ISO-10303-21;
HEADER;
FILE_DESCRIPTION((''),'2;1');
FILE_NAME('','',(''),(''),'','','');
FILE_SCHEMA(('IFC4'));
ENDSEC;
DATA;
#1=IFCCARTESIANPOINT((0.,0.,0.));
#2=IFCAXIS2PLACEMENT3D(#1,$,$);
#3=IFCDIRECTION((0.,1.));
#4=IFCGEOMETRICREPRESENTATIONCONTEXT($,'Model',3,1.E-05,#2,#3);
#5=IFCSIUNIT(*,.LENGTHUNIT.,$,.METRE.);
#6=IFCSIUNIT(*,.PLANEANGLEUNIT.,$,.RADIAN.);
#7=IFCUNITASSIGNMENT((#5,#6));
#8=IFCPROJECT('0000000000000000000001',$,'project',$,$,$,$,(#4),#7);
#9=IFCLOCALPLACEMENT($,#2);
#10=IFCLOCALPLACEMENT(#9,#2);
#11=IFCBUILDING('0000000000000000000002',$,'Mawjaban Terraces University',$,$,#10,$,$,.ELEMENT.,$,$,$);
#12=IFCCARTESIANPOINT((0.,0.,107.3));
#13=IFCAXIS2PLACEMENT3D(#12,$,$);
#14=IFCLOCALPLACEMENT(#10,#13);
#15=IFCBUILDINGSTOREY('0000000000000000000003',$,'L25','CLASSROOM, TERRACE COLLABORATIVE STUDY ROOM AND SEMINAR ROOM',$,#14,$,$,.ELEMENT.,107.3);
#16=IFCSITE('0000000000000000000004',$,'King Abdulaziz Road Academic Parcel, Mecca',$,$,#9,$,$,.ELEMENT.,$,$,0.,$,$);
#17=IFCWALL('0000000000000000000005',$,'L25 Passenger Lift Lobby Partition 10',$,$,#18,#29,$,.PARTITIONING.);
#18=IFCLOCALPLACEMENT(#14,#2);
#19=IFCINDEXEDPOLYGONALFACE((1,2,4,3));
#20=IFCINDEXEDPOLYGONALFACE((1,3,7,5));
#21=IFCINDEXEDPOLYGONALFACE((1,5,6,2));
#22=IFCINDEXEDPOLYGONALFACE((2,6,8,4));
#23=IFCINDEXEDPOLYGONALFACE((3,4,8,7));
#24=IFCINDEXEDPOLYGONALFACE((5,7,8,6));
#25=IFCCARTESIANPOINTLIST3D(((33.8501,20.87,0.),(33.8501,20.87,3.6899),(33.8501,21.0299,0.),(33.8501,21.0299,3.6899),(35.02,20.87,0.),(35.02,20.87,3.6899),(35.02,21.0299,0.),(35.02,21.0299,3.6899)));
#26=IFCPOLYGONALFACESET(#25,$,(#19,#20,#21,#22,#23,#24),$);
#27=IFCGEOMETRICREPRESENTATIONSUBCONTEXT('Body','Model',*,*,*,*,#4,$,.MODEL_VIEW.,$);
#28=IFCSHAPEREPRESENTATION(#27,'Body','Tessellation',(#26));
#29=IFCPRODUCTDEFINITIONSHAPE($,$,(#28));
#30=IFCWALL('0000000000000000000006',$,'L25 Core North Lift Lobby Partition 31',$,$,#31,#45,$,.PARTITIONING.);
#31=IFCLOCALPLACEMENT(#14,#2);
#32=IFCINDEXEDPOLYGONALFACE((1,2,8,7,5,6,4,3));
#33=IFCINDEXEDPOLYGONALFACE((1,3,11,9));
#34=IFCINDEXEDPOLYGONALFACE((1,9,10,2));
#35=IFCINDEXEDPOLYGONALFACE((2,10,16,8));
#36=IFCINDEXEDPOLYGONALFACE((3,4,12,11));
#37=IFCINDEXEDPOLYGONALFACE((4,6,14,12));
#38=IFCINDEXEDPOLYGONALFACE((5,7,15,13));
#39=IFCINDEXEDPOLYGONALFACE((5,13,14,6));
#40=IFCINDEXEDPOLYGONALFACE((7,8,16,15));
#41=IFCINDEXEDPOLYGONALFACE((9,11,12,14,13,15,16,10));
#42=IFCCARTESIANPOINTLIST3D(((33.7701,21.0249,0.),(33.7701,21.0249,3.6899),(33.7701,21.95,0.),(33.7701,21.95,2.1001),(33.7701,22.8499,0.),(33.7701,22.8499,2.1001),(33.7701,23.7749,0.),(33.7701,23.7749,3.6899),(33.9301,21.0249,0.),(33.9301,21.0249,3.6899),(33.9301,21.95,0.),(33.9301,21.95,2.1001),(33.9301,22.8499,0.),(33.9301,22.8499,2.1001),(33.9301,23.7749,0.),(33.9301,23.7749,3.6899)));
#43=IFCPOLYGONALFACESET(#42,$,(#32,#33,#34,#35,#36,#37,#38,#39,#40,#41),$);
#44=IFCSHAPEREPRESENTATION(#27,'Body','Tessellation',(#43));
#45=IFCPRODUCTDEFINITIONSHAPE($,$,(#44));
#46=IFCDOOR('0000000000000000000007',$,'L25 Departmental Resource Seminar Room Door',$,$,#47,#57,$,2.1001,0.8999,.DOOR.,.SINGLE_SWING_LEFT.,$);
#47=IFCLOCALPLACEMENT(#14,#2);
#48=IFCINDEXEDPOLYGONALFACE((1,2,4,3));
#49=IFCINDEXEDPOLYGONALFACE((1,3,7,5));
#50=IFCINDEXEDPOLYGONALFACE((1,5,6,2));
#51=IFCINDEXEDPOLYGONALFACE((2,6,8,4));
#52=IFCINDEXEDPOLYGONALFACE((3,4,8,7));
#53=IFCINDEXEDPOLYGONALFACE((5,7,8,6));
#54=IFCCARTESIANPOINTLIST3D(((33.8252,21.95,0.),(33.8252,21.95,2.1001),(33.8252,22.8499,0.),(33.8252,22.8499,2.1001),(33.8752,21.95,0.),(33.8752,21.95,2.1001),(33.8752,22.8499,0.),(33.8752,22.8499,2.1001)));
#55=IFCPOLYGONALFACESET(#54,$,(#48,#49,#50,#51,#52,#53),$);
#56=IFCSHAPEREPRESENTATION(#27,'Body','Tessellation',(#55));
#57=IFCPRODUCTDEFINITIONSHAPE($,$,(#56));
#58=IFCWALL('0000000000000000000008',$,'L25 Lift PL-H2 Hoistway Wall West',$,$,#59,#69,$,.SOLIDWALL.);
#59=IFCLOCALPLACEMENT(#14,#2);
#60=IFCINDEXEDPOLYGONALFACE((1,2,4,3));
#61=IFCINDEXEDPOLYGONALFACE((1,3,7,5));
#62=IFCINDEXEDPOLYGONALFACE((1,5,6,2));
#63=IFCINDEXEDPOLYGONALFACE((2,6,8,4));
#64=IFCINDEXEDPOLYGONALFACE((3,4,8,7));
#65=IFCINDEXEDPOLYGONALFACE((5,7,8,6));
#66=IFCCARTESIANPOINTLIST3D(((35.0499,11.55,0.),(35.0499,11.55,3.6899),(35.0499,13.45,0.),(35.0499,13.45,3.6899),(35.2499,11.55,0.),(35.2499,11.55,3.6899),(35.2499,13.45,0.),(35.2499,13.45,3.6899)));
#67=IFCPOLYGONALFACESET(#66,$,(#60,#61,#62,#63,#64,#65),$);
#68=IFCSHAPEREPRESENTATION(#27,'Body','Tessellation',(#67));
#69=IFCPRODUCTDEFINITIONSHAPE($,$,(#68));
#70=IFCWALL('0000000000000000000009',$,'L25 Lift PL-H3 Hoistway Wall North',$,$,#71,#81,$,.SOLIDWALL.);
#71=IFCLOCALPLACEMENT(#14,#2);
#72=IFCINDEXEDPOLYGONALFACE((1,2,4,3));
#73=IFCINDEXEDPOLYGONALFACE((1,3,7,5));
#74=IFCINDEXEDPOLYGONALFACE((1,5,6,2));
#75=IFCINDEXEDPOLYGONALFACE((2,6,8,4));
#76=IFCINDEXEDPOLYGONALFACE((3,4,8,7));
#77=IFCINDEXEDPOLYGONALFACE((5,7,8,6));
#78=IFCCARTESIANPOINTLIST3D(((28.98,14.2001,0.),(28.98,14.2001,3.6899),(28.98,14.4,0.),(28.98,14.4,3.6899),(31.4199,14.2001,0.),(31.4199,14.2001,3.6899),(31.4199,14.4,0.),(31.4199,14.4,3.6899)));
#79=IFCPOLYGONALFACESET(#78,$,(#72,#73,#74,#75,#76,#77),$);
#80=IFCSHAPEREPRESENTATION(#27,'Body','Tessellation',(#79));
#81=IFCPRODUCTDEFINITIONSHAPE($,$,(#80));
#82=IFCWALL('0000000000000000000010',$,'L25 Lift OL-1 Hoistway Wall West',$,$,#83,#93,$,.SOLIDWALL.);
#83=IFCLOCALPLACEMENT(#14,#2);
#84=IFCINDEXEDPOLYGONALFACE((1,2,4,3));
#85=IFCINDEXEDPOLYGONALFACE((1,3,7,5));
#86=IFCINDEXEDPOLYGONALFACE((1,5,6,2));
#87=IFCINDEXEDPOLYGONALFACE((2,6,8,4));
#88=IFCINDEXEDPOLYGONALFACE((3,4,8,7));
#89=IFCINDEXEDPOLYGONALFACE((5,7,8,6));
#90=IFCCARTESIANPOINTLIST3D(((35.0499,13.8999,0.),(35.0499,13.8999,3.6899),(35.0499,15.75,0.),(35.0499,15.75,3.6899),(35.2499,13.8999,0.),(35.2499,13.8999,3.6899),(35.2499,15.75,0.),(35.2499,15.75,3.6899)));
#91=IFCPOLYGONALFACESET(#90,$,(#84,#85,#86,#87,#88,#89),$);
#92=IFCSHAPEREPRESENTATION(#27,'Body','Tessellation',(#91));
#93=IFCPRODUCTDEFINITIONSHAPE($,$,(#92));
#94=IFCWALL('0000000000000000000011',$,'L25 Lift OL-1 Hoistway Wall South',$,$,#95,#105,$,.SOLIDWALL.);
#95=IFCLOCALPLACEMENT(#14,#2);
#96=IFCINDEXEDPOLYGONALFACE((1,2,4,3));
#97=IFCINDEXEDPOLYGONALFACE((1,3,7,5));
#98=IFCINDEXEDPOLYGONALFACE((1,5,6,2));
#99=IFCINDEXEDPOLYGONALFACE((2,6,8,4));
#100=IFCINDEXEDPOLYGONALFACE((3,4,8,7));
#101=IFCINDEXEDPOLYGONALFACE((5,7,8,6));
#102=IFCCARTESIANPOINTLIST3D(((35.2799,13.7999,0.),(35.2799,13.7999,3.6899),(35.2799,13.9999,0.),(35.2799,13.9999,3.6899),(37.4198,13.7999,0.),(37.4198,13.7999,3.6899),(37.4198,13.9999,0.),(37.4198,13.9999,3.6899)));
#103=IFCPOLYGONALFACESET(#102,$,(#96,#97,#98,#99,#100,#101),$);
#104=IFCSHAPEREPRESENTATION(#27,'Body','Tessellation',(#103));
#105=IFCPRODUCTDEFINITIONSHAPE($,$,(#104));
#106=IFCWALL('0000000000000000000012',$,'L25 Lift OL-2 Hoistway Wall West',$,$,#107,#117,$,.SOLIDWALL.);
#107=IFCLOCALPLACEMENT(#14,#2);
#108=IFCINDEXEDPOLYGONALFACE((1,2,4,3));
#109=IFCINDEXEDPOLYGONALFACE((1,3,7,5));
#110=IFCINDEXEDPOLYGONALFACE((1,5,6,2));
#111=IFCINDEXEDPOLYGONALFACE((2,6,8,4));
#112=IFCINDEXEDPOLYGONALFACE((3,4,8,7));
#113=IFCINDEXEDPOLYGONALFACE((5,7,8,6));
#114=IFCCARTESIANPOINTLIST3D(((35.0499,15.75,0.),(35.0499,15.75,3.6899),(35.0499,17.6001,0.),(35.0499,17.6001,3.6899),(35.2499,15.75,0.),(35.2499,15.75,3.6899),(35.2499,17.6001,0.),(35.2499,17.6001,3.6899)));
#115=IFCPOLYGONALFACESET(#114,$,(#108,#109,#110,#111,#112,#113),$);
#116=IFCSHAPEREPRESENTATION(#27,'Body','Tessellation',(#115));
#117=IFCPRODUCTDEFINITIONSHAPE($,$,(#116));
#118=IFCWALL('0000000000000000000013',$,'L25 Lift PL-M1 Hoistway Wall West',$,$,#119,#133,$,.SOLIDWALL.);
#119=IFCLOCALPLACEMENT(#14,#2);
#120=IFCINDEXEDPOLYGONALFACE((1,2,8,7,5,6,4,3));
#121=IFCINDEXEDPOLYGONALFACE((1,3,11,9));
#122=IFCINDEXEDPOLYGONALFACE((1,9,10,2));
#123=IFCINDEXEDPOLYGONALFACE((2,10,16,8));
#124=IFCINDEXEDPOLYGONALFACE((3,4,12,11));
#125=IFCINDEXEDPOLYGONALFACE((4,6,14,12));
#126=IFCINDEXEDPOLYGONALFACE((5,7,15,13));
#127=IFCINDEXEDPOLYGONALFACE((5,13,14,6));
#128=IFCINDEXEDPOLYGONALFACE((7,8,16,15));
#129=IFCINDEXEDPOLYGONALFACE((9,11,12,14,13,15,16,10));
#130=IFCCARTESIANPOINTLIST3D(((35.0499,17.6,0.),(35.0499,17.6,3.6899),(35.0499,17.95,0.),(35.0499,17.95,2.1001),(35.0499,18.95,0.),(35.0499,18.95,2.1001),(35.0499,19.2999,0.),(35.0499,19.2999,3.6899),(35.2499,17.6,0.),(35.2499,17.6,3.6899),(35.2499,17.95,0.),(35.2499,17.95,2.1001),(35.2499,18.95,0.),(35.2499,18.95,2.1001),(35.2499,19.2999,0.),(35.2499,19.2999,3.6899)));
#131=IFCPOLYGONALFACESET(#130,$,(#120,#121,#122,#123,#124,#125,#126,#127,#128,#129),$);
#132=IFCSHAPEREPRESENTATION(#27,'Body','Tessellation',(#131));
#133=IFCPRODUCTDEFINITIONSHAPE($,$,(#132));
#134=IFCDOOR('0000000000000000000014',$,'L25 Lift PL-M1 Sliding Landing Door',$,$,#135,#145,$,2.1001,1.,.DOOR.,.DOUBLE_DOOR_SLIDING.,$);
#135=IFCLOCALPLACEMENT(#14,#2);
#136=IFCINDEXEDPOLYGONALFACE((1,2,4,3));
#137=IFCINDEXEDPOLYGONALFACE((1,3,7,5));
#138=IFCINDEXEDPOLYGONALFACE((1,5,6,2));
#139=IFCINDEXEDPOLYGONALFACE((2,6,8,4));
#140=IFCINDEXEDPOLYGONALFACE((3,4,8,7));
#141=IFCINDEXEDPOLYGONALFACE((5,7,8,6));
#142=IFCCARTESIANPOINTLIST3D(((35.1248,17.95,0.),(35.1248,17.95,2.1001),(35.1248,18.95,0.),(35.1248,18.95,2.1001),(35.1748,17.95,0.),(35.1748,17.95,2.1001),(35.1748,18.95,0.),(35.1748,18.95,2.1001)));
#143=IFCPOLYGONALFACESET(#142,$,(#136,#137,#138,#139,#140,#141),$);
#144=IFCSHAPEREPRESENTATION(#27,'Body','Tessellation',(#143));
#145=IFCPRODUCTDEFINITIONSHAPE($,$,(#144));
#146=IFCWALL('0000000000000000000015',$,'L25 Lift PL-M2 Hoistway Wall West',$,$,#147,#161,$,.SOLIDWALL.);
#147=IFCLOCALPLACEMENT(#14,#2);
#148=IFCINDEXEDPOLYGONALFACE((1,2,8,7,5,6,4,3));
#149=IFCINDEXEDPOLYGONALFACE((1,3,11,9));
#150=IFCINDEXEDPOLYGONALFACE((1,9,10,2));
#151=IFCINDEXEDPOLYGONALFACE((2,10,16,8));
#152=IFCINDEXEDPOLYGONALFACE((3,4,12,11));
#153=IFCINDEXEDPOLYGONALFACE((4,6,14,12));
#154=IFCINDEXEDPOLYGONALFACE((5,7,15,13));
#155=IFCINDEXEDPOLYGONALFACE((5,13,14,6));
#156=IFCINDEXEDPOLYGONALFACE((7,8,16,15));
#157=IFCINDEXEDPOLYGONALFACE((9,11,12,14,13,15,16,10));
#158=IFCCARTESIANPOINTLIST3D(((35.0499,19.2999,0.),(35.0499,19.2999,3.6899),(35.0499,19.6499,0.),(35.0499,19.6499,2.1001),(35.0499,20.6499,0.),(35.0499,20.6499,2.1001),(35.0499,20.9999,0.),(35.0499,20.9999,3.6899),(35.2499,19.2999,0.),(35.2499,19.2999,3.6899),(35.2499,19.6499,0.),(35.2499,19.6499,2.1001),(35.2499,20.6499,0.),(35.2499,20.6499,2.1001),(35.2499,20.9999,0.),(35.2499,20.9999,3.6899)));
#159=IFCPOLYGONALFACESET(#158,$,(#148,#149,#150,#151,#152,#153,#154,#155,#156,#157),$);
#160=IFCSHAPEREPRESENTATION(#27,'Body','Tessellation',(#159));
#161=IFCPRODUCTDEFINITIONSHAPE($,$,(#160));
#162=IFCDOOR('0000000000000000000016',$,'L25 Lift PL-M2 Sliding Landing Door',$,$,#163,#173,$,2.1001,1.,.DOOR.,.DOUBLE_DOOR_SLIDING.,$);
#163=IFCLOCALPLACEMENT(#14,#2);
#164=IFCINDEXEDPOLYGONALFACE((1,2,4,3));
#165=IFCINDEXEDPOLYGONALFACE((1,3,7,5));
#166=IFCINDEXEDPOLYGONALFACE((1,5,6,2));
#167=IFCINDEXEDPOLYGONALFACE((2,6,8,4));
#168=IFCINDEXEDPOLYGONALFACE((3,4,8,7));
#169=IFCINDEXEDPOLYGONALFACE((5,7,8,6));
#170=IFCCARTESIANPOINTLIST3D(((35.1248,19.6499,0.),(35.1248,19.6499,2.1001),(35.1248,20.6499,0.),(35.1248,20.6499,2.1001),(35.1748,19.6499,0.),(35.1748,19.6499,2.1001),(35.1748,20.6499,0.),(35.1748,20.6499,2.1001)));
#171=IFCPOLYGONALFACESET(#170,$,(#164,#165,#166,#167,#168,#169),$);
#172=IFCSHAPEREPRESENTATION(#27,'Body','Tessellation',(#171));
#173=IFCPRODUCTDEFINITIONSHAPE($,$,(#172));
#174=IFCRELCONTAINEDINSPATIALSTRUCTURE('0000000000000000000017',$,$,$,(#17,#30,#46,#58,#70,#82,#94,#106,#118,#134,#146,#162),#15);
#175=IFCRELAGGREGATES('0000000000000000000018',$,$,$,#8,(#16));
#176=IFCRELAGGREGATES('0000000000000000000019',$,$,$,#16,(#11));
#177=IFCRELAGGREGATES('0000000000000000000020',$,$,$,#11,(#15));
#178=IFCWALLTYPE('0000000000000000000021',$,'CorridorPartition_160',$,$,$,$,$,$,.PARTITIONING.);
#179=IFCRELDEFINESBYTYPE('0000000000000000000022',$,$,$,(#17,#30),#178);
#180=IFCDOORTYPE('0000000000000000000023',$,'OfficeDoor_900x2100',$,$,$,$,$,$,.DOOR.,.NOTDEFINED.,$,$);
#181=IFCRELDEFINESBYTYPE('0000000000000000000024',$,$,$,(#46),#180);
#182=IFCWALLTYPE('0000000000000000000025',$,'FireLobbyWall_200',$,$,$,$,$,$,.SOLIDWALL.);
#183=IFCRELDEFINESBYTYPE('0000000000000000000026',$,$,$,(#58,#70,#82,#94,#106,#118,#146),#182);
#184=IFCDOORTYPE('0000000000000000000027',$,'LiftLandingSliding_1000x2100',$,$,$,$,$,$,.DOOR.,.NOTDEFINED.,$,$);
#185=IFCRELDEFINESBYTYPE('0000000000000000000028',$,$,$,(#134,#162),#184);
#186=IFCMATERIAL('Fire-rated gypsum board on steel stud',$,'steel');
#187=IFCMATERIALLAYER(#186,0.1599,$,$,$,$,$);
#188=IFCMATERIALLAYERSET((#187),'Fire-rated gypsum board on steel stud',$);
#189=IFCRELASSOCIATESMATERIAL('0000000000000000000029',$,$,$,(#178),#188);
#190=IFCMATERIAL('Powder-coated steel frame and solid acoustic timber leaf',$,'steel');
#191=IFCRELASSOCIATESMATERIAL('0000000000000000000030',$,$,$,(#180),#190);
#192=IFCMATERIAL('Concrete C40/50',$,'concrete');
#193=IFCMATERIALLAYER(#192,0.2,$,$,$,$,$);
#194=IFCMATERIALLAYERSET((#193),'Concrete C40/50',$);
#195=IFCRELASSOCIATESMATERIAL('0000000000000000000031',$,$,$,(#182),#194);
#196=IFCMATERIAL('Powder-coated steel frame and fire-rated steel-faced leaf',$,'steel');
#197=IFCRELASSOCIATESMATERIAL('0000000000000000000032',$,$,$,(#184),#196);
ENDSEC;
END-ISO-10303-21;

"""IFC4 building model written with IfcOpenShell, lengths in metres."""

from ifc_helpers import new_model, si_unit, direction, frame, frame_2d, origin, place, context, subcontext, project, spatial, rectangle, extrude, material, layer, layer_set, type_object, element, fill, save


model = new_model("IFC4")

# Units and contexts
model_context = context("Model", 3, precision=1e-05, world=origin(), true_north=direction((0.0, 1.0)))
body_context = subcontext(model_context, "Body", "Model", "MODEL_VIEW")
ifc_project = project(units=[si_unit("LENGTHUNIT", "METRE"), si_unit("PLANEANGLEUNIT", "RADIAN")], contexts=[model_context])

# Site, building, storey
site_placement = place(None, origin())
site = spatial("IfcSite", under=ifc_project, at=site_placement, Name="King Abdulaziz Road Academic Parcel, Mecca", CompositionType="ELEMENT", RefElevation=0.0)
building_placement = place(site_placement, origin())
building = spatial("IfcBuilding", under=site, at=building_placement, Name="Mawjaban Terraces University", CompositionType="ELEMENT")
storey_placement = place(building_placement, frame((0.0, 0.0, 107.3)))
storey = spatial("IfcBuildingStorey", under=building, at=storey_placement, Name="L25", Description="CLASSROOM, TERRACE COLLABORATIVE STUDY ROOM AND SEMINAR ROOM", CompositionType="ELEMENT", Elevation=107.3)

# Wall
ifc_material_1 = material(Name="Fire-rated gypsum board on steel stud", Category="steel")
ifc_layer_1 = layer(ifc_material_1, 0.1599)
ifc_layer_set_1 = layer_set([ifc_layer_1], Name="Fire-rated gypsum board on steel stud")
wall_type_1 = type_object("IfcWallType", Name="CorridorPartition_160", PredefinedType="PARTITIONING", material=ifc_layer_set_1)
wall_1_placement = place(storey_placement, frame((35.02, 20.95, 0.0), z_axis=(0.0, 0.0, 1.0), x_axis=(-1.0, 0.0, 0.0)))
element("IfcWall", 1, at=wall_1_placement, inside=storey, type_object=wall_type_1, Name="L25 Passenger Lift Lobby Partition 10", PredefinedType="PARTITIONING", context=body_context, shape_type="SweptSolid", body=[
    extrude(rectangle(XDim=1.1699, YDim=0.1599, at=frame_2d((0.585, 0.0))), origin(), (0.0, 0.0, 1.0), 3.6899),
])

# Wall, opening, door
wall_2_placement = place(storey_placement, frame((33.8501, 21.0249, 0.0), z_axis=(0.0, 0.0, 1.0), x_axis=(0.0, 1.0, 0.0)))
wall_2 = element("IfcWall", 2, at=wall_2_placement, inside=storey, type_object=wall_type_1, Name="L25 Core North Lift Lobby Partition 31", PredefinedType="PARTITIONING", context=body_context, shape_type="SweptSolid", body=[
    extrude(rectangle(XDim=2.75, YDim=0.1599, at=frame_2d((1.375, 0.0))), origin(), (0.0, 0.0, 1.0), 3.6899),
])
opening_1_placement = place(wall_2_placement, frame((0.925, 0.0, 0.0)))
opening_1 = element("IfcOpeningElement", 3, at=opening_1_placement, cuts=wall_2, PredefinedType="OPENING", context=body_context, shape_type="SweptSolid", body=[
    extrude(rectangle(XDim=0.8999, YDim=2.1001, at=frame_2d((0.45, 1.05))), frame((0.0, 0.0898, 0.0), z_axis=(0.0, -1.0, 0.0), x_axis=(1.0, 0.0, 0.0)), (0.0, 0.0, 1.0), 0.1799),
])
ifc_material_2 = material(Name="Powder-coated steel frame and solid acoustic timber leaf", Category="steel")
door_type_1 = type_object("IfcDoorType", Name="OfficeDoor_900x2100", OperationType="NOTDEFINED", PredefinedType="DOOR", material=ifc_material_2)
door_1_placement = place(opening_1_placement, origin())
door_1 = element("IfcDoor", 4, at=door_1_placement, inside=storey, type_object=door_type_1, Name="L25 Departmental Resource Seminar Room Door", OperationType="SINGLE_SWING_LEFT", OverallHeight=2.1001, OverallWidth=0.8999, PredefinedType="DOOR", context=body_context, shape_type="SweptSolid", body=[
    extrude(rectangle(XDim=0.8999, YDim=2.1001, at=frame_2d((0.45, 1.05))), frame((0.0, 0.0249, 0.0), z_axis=(0.0, -1.0, 0.0), x_axis=(1.0, 0.0, 0.0)), (0.0, 0.0, 1.0), 0.05),
])
fill(opening_1, door_1)

# Walls
ifc_material_3 = material(Name="Concrete C40/50", Category="concrete")
ifc_layer_2 = layer(ifc_material_3, 0.2)
ifc_layer_set_2 = layer_set([ifc_layer_2], Name="Concrete C40/50")
wall_type_2 = type_object("IfcWallType", Name="FireLobbyWall_200", PredefinedType="SOLIDWALL", material=ifc_layer_set_2)
wall_3_placement = place(storey_placement, frame((35.1499, 13.45, 0.0), z_axis=(0.0, 0.0, 1.0), x_axis=(0.0, -1.0, 0.0)))
element("IfcWall", 5, at=wall_3_placement, inside=storey, type_object=wall_type_2, Name="L25 Lift PL-H2 Hoistway Wall West", PredefinedType="SOLIDWALL", context=body_context, shape_type="SweptSolid", body=[
    extrude(rectangle(XDim=1.8999, YDim=0.2, at=frame_2d((0.95, 0.0))), origin(), (0.0, 0.0, 1.0), 3.6899),
])
wall_4_placement = place(storey_placement, frame((31.4199, 14.3, 0.0), z_axis=(0.0, 0.0, 1.0), x_axis=(-1.0, 0.0, 0.0)))
element("IfcWall", 6, at=wall_4_placement, inside=storey, type_object=wall_type_2, Name="L25 Lift PL-H3 Hoistway Wall North", PredefinedType="SOLIDWALL", context=body_context, shape_type="SweptSolid", body=[
    extrude(rectangle(XDim=2.4399, YDim=0.2, at=frame_2d((1.22, 0.0))), origin(), (0.0, 0.0, 1.0), 3.6899),
])
wall_5_placement = place(storey_placement, frame((35.1499, 15.75, 0.0), z_axis=(0.0, 0.0, 1.0), x_axis=(0.0, -1.0, 0.0)))
element("IfcWall", 7, at=wall_5_placement, inside=storey, type_object=wall_type_2, Name="L25 Lift OL-1 Hoistway Wall West", PredefinedType="SOLIDWALL", context=body_context, shape_type="SweptSolid", body=[
    extrude(rectangle(XDim=1.8501, YDim=0.2, at=frame_2d((0.925, 0.0))), origin(), (0.0, 0.0, 1.0), 3.6899),
])
wall_6_placement = place(storey_placement, frame((35.28, 13.8999, 0.0), z_axis=(0.0, 0.0, 1.0), x_axis=(1.0, 0.0, 0.0)))
element("IfcWall", 8, at=wall_6_placement, inside=storey, type_object=wall_type_2, Name="L25 Lift OL-1 Hoistway Wall South", PredefinedType="SOLIDWALL", context=body_context, shape_type="SweptSolid", body=[
    extrude(rectangle(XDim=2.1399, YDim=0.2, at=frame_2d((1.0698, 0.0))), origin(), (0.0, 0.0, 1.0), 3.6899),
])
wall_7_placement = place(storey_placement, frame((35.1499, 17.6001, 0.0), z_axis=(0.0, 0.0, 1.0), x_axis=(0.0, -1.0, 0.0)))
element("IfcWall", 9, at=wall_7_placement, inside=storey, type_object=wall_type_2, Name="L25 Lift OL-2 Hoistway Wall West", PredefinedType="SOLIDWALL", context=body_context, shape_type="SweptSolid", body=[
    extrude(rectangle(XDim=1.8501, YDim=0.2, at=frame_2d((0.925, 0.0))), origin(), (0.0, 0.0, 1.0), 3.6899),
])

# Walls, openings, doors
wall_8_placement = place(storey_placement, frame((35.1499, 19.3, 0.0), z_axis=(0.0, 0.0, 1.0), x_axis=(0.0, -1.0, 0.0)))
wall_8 = element("IfcWall", 10, at=wall_8_placement, inside=storey, type_object=wall_type_2, Name="L25 Lift PL-M1 Hoistway Wall West", PredefinedType="SOLIDWALL", context=body_context, shape_type="SweptSolid", body=[
    extrude(rectangle(XDim=1.7, YDim=0.2, at=frame_2d((0.8501, 0.0))), origin(), (0.0, 0.0, 1.0), 3.6899),
])
opening_2_placement = place(wall_8_placement, frame((0.3501, 0.0, 0.0)))
opening_2 = element("IfcOpeningElement", 11, at=opening_2_placement, cuts=wall_8, PredefinedType="OPENING", context=body_context, shape_type="SweptSolid", body=[
    extrude(rectangle(XDim=1.0, YDim=2.1001, at=frame_2d((0.5, 1.05))), frame((0.0, 0.1099, 0.0), z_axis=(0.0, -1.0, 0.0), x_axis=(1.0, 0.0, 0.0)), (0.0, 0.0, 1.0), 0.22),
])
ifc_material_4 = material(Name="Powder-coated steel frame and fire-rated steel-faced leaf", Category="steel")
door_type_2 = type_object("IfcDoorType", Name="LiftLandingSliding_1000x2100", OperationType="NOTDEFINED", PredefinedType="DOOR", material=ifc_material_4)
door_2_placement = place(opening_2_placement, origin())
door_2 = element("IfcDoor", 12, at=door_2_placement, inside=storey, type_object=door_type_2, Name="L25 Lift PL-M1 Sliding Landing Door", OperationType="DOUBLE_DOOR_SLIDING", OverallHeight=2.1001, OverallWidth=1.0, PredefinedType="DOOR", context=body_context, shape_type="SweptSolid", body=[
    extrude(rectangle(XDim=1.0, YDim=2.1001, at=frame_2d((0.5, 1.05))), frame((0.0, 0.0249, 0.0), z_axis=(0.0, -1.0, 0.0), x_axis=(1.0, 0.0, 0.0)), (0.0, 0.0, 1.0), 0.05),
])
fill(opening_2, door_2)
wall_9_placement = place(storey_placement, frame((35.1499, 21.0, 0.0), z_axis=(0.0, 0.0, 1.0), x_axis=(0.0, -1.0, 0.0)))
wall_9 = element("IfcWall", 13, at=wall_9_placement, inside=storey, type_object=wall_type_2, Name="L25 Lift PL-M2 Hoistway Wall West", PredefinedType="SOLIDWALL", context=body_context, shape_type="SweptSolid", body=[
    extrude(rectangle(XDim=1.7, YDim=0.2, at=frame_2d((0.8501, 0.0))), origin(), (0.0, 0.0, 1.0), 3.6899),
])
opening_3_placement = place(wall_9_placement, frame((0.3501, 0.0, 0.0)))
opening_3 = element("IfcOpeningElement", 14, at=opening_3_placement, cuts=wall_9, PredefinedType="OPENING", context=body_context, shape_type="SweptSolid", body=[
    extrude(rectangle(XDim=1.0, YDim=2.1001, at=frame_2d((0.5, 1.05))), frame((0.0, 0.1099, 0.0), z_axis=(0.0, -1.0, 0.0), x_axis=(1.0, 0.0, 0.0)), (0.0, 0.0, 1.0), 0.22),
])
door_3_placement = place(opening_3_placement, origin())
door_3 = element("IfcDoor", 15, at=door_3_placement, inside=storey, type_object=door_type_2, Name="L25 Lift PL-M2 Sliding Landing Door", OperationType="DOUBLE_DOOR_SLIDING", OverallHeight=2.1001, OverallWidth=1.0, PredefinedType="DOOR", context=body_context, shape_type="SweptSolid", body=[
    extrude(rectangle(XDim=1.0, YDim=2.1001, at=frame_2d((0.5, 1.05))), frame((0.0, 0.0249, 0.0), z_axis=(0.0, -1.0, 0.0), x_axis=(1.0, 0.0, 0.0)), (0.0, 0.0, 1.0), 0.05),
])
fill(opening_3, door_3)

save(model, "model.ifc")
